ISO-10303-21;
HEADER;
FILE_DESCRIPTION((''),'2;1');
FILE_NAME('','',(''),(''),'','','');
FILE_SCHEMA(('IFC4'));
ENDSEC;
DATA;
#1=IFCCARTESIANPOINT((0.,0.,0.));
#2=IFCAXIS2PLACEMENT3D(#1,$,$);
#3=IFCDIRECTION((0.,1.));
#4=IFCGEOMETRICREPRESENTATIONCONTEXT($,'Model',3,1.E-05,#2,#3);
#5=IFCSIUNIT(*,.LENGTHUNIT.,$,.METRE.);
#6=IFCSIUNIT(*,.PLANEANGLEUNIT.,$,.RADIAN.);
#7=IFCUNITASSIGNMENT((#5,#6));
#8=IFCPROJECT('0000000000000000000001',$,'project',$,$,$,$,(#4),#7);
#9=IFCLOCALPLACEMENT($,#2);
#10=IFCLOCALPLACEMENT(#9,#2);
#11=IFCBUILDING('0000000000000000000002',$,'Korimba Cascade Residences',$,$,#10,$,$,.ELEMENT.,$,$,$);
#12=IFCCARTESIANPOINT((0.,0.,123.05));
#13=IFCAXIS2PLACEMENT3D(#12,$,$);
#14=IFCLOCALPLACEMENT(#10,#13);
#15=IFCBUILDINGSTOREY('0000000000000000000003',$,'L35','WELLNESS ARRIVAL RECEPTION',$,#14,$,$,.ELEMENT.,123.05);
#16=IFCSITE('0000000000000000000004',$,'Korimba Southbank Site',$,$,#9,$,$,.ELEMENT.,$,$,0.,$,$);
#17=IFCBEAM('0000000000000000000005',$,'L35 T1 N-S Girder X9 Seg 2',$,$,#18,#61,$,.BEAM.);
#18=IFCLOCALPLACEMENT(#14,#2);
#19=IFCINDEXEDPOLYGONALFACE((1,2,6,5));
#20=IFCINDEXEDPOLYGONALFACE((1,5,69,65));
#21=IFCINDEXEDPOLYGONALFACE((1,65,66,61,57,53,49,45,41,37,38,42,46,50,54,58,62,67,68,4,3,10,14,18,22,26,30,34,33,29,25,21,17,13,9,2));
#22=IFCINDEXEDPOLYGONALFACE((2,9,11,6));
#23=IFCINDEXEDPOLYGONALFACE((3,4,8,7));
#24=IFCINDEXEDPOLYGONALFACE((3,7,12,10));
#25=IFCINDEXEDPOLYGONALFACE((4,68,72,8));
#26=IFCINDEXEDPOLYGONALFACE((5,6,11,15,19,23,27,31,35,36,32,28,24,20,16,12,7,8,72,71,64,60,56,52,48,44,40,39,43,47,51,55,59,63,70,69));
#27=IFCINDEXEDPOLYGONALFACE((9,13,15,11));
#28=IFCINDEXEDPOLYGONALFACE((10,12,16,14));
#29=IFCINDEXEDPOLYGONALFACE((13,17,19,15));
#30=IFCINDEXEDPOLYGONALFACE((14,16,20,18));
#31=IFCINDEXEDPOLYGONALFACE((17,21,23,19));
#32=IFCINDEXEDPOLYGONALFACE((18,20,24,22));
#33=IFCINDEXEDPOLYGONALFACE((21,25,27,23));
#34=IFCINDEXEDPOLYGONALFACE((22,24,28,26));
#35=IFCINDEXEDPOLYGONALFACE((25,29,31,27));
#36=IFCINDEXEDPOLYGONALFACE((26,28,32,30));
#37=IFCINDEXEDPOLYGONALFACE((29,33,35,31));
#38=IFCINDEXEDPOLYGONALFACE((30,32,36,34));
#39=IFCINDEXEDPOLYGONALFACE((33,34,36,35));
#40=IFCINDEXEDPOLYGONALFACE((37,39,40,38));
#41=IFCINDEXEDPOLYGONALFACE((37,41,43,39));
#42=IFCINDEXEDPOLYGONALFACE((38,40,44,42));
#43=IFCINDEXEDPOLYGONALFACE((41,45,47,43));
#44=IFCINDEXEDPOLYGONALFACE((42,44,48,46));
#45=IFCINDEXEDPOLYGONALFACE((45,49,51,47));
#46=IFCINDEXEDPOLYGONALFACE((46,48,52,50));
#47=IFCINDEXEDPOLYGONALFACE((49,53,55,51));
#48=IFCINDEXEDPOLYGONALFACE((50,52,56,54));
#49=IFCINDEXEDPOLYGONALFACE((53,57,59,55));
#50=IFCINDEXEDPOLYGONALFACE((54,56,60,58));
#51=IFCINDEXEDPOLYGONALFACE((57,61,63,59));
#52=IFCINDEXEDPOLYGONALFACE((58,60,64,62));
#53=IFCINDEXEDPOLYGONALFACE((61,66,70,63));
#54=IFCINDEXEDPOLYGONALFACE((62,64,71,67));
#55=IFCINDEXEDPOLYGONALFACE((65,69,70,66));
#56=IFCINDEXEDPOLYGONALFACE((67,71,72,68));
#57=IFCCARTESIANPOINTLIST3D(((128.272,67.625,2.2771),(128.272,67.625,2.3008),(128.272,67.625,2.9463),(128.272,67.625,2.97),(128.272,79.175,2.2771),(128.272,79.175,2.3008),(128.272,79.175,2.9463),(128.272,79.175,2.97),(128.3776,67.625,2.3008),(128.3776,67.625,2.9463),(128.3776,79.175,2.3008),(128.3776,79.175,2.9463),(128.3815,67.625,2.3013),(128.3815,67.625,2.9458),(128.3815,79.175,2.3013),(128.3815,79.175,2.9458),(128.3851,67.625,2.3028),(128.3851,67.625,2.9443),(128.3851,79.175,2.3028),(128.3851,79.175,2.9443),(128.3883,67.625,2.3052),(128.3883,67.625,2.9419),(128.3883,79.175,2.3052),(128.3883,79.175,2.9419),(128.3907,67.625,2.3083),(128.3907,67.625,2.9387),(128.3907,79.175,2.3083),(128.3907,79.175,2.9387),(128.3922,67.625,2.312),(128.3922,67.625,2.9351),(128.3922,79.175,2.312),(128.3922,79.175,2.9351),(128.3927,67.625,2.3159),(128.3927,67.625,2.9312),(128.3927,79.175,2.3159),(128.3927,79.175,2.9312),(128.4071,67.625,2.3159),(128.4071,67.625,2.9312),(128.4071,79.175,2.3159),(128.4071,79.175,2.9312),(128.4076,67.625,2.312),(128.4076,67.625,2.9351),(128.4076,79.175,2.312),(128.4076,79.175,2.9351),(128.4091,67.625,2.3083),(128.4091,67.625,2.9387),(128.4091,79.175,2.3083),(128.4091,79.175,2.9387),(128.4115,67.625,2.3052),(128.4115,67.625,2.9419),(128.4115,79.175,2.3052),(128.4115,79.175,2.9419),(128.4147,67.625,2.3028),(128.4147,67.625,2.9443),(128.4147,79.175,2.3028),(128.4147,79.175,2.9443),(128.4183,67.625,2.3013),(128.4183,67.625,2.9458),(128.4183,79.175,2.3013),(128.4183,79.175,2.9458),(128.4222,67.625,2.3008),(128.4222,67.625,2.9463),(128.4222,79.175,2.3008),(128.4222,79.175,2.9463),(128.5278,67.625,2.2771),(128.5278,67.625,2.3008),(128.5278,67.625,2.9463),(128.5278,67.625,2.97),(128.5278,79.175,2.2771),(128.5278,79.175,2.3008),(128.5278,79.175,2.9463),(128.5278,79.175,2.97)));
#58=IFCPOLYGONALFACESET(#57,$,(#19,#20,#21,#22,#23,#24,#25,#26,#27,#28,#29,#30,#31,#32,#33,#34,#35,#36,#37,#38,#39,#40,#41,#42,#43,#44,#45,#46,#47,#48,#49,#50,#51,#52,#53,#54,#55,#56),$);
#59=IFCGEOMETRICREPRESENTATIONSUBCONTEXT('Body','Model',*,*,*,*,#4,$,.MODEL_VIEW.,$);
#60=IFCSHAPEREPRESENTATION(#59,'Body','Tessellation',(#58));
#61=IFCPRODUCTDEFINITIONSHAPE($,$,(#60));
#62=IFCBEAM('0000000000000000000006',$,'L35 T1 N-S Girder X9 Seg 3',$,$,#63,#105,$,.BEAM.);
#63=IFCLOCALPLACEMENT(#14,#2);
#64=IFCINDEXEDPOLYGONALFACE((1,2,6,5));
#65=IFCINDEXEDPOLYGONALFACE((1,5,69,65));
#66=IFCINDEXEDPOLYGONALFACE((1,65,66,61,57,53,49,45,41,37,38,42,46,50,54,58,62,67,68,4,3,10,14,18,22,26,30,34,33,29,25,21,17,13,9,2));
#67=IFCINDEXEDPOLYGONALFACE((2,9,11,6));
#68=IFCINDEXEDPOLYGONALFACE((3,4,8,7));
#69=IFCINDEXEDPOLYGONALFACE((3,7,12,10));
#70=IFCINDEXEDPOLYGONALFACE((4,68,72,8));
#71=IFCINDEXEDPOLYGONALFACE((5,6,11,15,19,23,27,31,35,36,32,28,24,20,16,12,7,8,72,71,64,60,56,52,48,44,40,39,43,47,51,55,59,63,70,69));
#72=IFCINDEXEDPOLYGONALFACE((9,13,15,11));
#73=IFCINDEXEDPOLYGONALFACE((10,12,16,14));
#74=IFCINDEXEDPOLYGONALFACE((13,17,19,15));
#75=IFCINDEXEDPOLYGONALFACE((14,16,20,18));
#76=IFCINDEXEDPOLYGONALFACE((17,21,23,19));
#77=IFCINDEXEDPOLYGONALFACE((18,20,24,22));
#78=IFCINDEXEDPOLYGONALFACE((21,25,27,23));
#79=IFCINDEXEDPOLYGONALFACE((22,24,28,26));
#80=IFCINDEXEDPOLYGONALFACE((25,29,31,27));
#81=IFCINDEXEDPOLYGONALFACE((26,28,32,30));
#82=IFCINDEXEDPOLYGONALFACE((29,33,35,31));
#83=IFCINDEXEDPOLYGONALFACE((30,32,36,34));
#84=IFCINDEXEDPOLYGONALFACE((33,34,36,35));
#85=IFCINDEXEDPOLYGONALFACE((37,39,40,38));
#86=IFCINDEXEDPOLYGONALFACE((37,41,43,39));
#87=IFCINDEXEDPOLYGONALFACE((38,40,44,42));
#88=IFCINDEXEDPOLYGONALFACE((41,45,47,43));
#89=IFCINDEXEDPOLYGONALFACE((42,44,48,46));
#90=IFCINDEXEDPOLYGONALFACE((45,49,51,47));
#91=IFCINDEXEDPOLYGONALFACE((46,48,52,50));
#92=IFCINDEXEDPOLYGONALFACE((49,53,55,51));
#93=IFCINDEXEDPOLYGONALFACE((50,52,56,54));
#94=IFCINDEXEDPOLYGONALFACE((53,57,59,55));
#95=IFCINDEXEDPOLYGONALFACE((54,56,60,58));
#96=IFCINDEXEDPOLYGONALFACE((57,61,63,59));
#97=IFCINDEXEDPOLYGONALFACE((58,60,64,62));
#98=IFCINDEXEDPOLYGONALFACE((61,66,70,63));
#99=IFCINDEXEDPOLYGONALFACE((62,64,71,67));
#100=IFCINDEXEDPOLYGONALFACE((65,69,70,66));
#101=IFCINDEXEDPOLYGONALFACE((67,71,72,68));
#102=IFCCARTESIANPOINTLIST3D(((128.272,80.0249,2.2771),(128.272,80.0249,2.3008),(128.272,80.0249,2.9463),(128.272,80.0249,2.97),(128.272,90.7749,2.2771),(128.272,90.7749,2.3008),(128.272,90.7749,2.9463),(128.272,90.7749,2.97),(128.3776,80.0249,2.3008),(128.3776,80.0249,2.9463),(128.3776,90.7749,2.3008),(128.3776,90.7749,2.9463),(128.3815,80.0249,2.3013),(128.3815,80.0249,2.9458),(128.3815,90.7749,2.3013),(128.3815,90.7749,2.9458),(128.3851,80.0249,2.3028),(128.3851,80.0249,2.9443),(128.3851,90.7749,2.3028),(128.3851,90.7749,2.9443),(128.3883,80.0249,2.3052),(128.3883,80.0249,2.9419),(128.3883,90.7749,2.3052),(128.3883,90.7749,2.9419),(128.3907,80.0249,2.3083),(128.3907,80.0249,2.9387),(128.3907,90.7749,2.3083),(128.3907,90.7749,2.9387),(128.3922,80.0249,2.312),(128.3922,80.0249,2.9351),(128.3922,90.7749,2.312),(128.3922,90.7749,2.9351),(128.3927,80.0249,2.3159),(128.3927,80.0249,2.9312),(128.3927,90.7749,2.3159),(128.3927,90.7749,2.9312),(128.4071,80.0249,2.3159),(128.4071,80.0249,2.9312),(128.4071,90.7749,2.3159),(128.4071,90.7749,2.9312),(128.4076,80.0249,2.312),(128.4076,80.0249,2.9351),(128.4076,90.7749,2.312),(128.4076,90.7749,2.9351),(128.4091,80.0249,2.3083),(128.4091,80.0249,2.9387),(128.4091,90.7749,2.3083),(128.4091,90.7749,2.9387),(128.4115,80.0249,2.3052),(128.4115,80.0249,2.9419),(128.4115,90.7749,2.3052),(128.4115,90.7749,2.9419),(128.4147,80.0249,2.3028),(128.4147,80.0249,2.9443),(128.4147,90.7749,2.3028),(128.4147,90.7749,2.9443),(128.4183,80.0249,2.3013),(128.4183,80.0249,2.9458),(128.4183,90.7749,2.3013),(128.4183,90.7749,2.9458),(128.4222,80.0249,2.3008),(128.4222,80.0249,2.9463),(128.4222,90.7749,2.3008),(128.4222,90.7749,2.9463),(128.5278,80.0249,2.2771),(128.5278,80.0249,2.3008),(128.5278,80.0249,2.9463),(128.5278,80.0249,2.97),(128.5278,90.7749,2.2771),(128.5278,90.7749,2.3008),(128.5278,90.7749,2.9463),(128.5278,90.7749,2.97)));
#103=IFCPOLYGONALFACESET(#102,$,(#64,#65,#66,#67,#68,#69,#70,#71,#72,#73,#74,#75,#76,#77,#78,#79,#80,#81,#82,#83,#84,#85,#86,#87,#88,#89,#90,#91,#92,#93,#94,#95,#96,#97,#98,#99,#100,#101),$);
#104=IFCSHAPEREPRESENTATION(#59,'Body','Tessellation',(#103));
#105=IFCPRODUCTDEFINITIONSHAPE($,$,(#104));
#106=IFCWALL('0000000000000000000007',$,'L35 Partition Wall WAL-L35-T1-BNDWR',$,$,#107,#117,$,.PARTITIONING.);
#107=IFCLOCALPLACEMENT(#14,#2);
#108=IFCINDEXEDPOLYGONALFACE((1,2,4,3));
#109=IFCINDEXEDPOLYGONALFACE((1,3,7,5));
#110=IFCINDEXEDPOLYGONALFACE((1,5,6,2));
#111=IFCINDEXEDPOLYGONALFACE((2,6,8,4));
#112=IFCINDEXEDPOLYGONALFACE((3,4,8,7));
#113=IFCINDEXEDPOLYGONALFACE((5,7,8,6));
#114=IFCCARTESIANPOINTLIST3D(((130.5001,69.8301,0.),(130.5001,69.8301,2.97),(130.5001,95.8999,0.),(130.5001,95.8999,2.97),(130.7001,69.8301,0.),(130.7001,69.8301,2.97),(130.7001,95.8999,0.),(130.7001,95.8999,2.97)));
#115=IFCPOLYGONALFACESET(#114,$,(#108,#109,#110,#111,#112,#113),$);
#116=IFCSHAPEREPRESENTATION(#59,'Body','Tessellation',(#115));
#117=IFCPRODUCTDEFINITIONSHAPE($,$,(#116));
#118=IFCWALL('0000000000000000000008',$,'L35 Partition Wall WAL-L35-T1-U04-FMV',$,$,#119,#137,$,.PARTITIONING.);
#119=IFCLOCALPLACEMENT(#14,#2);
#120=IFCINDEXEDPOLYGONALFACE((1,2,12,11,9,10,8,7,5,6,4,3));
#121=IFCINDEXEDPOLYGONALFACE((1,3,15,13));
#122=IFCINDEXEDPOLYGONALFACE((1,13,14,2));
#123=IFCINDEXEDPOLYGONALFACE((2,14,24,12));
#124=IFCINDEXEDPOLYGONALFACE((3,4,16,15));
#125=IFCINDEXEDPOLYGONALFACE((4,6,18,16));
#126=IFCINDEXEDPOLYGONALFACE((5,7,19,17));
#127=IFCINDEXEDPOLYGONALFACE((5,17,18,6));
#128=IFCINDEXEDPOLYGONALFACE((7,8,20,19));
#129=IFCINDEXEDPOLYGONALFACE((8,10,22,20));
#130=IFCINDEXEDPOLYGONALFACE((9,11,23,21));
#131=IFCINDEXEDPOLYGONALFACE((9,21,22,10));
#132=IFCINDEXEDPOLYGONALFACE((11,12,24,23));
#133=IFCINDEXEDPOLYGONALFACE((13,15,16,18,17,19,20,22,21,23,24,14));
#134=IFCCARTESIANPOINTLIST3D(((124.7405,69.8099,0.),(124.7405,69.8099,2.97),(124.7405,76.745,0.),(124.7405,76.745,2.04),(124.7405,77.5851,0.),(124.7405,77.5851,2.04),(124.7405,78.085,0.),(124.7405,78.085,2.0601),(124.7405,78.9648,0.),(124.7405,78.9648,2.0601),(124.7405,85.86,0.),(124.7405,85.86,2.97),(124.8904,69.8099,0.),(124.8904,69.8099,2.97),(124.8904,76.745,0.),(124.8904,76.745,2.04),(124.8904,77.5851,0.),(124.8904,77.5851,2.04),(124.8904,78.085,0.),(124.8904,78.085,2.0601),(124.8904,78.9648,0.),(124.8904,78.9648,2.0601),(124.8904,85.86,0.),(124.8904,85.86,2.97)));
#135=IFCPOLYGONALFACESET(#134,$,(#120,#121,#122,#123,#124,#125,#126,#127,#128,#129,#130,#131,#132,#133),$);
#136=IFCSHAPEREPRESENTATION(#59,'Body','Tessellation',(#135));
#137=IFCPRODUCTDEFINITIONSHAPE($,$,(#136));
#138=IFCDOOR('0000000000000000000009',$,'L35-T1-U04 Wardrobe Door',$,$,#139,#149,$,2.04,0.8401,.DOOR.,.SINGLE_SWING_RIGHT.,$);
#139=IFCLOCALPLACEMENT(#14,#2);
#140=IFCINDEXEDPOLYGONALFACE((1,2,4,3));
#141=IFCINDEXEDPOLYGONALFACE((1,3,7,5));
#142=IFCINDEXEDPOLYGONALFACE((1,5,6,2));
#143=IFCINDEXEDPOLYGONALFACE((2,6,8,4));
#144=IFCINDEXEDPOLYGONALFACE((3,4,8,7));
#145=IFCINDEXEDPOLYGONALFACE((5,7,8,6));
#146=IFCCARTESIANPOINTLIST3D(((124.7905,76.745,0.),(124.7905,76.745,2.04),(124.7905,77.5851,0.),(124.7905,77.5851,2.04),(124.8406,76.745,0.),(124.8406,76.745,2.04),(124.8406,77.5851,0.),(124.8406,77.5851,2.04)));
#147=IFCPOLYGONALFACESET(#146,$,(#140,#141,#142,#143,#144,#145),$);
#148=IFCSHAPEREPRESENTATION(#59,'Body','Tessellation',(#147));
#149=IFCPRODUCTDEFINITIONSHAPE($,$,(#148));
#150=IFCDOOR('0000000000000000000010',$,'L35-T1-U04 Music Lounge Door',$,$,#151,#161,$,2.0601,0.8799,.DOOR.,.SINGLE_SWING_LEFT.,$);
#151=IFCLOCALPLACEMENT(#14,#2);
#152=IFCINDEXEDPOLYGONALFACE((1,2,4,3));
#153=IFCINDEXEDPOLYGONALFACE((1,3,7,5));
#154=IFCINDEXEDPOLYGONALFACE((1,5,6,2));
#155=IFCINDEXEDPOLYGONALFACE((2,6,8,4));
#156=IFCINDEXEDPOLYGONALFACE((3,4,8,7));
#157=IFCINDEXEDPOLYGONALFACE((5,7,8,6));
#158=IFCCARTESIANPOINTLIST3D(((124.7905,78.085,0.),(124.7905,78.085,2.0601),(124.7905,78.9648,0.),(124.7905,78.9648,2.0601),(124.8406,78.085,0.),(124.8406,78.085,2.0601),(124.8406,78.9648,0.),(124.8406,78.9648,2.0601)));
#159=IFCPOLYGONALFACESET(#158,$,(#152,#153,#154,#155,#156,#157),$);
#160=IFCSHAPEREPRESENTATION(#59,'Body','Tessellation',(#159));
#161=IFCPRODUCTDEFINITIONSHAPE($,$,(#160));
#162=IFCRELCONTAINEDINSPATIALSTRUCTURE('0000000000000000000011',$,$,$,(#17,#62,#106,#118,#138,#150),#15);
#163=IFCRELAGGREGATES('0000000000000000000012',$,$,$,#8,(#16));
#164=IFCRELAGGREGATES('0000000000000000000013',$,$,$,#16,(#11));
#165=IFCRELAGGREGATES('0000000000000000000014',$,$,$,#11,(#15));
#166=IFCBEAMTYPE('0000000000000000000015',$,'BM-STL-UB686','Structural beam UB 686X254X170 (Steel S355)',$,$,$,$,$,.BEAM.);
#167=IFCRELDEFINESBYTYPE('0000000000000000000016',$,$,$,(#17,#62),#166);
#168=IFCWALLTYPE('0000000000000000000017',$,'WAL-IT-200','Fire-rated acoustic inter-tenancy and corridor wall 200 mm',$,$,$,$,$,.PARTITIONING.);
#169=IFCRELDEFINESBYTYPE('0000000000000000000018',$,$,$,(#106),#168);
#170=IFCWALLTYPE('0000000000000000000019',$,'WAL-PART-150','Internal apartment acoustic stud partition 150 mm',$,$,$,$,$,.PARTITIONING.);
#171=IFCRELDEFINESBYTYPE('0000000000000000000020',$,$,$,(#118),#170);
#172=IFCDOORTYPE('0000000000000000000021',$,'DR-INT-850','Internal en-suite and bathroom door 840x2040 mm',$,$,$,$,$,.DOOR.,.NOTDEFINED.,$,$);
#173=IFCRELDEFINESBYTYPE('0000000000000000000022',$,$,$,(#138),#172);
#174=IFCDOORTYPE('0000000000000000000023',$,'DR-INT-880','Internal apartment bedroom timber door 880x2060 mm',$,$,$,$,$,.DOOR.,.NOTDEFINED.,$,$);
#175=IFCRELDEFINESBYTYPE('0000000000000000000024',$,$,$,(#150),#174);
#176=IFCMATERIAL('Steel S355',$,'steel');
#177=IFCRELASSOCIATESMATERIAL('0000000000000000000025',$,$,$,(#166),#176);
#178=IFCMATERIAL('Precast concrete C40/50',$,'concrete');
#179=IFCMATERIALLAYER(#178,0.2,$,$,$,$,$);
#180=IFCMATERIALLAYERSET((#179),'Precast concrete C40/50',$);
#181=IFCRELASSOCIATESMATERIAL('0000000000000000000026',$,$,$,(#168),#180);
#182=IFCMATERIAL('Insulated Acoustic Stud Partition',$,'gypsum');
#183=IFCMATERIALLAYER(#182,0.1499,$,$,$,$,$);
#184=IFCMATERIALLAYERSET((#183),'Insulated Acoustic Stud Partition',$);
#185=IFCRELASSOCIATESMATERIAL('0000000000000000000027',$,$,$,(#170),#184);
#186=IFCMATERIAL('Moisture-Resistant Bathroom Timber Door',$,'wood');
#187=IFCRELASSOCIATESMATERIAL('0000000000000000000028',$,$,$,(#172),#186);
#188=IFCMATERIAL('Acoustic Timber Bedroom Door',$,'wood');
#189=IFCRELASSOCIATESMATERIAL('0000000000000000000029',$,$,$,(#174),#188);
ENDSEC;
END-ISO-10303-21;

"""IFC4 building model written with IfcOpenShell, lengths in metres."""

from ifc_helpers import new_model, si_unit, direction, frame, frame_2d, origin, origin_2d, place, context, subcontext, project, spatial, rectangle, i_section, extrude, material, layer, layer_set, material_profile, profile_set, type_object, element, fill, save


model = new_model("IFC4")

# Units and contexts
model_context = context("Model", 3, precision=1e-05, world=origin(), true_north=direction((0.0, 1.0)))
body_context = subcontext(model_context, "Body", "Model", "MODEL_VIEW")
ifc_project = project(units=[si_unit("LENGTHUNIT", "METRE"), si_unit("PLANEANGLEUNIT", "RADIAN")], contexts=[model_context])

# Site, building, storey
site_placement = place(None, origin())
site = spatial("IfcSite", under=ifc_project, at=site_placement, Name="Korimba Southbank Site", CompositionType="ELEMENT", RefElevation=0.0)
building_placement = place(site_placement, origin())
building = spatial("IfcBuilding", under=site, at=building_placement, Name="Korimba Cascade Residences", CompositionType="ELEMENT")
storey_placement = place(building_placement, frame((0.0, 0.0, 123.05)))
storey = spatial("IfcBuildingStorey", under=building, at=storey_placement, Name="L35", Description="WELLNESS ARRIVAL RECEPTION", CompositionType="ELEMENT", Elevation=123.05)

# Beams
ifc_material_1 = material(Name="Steel S355", Category="steel")
ifc_material_profile_1 = material_profile(ifc_material_1, i_section(OverallWidth=0.2559, OverallDepth=0.6929, WebThickness=0.0144, FlangeThickness=0.0237, FilletRadius=0.0151, at=origin_2d()), Name="Steel S355")
ifc_profile_set_1 = profile_set([ifc_material_profile_1], Name="Steel S355")
beam_type_1 = type_object("IfcBeamType", Name="BM-STL-UB686", Description="Structural beam UB 686X254X170 (Steel S355)", PredefinedType="BEAM", material=ifc_profile_set_1)
beam_1_placement = place(storey_placement, frame((128.3999, 67.625, 2.6235), z_axis=(0.0, 1.0, 0.0), x_axis=(-1.0, 0.0, 0.0)))
element("IfcBeam", 1, at=beam_1_placement, inside=storey, type_object=beam_type_1, Name="L35 T1 N-S Girder X9 Seg 2", PredefinedType="BEAM", context=body_context, shape_type="SweptSolid", body=[
    extrude(i_section(OverallWidth=0.2559, OverallDepth=0.6929, WebThickness=0.0144, FlangeThickness=0.0237, FilletRadius=0.0151, at=origin_2d()), origin(), (0.0, 0.0, 1.0), 11.55),
])
beam_2_placement = place(storey_placement, frame((128.3999, 80.0249, 2.6235), z_axis=(0.0, 1.0, 0.0), x_axis=(-1.0, 0.0, 0.0)))
element("IfcBeam", 2, at=beam_2_placement, inside=storey, type_object=beam_type_1, Name="L35 T1 N-S Girder X9 Seg 3", PredefinedType="BEAM", context=body_context, shape_type="SweptSolid", body=[
    extrude(i_section(OverallWidth=0.2559, OverallDepth=0.6929, WebThickness=0.0144, FlangeThickness=0.0237, FilletRadius=0.0151, at=origin_2d()), origin(), (0.0, 0.0, 1.0), 10.75),
])

# Wall
ifc_material_2 = material(Name="Precast concrete C40/50", Category="concrete")
ifc_layer_1 = layer(ifc_material_2, 0.2)
ifc_layer_set_1 = layer_set([ifc_layer_1], Name="Precast concrete C40/50")
wall_type_1 = type_object("IfcWallType", Name="WAL-IT-200", Description="Fire-rated acoustic inter-tenancy and corridor wall 200 mm", PredefinedType="PARTITIONING", material=ifc_layer_set_1)
wall_1_placement = place(storey_placement, frame((130.6001, 69.8301, 0.0), z_axis=(0.0, 0.0, 1.0), x_axis=(0.0, 1.0, 0.0)))
element("IfcWall", 3, at=wall_1_placement, inside=storey, type_object=wall_type_1, Name="L35 Partition Wall WAL-L35-T1-BNDWR", PredefinedType="PARTITIONING", context=body_context, shape_type="SweptSolid", body=[
    extrude(rectangle(XDim=26.0698, YDim=0.2, at=frame_2d((13.0349, 0.0))), origin(), (0.0, 0.0, 1.0), 2.97),
])

# Wall, openings, doors
ifc_material_3 = material(Name="Insulated Acoustic Stud Partition", Category="gypsum")
ifc_layer_2 = layer(ifc_material_3, 0.1499)
ifc_layer_set_2 = layer_set([ifc_layer_2], Name="Insulated Acoustic Stud Partition")
wall_type_2 = type_object("IfcWallType", Name="WAL-PART-150", Description="Internal apartment acoustic stud partition 150 mm", PredefinedType="PARTITIONING", material=ifc_layer_set_2)
wall_2_placement = place(storey_placement, frame((124.8154, 69.8101, 0.0), z_axis=(0.0, 0.0, 1.0), x_axis=(0.0, 1.0, 0.0)))
wall_2 = element("IfcWall", 4, at=wall_2_placement, inside=storey, type_object=wall_type_2, Name="L35 Partition Wall WAL-L35-T1-U04-FMV", PredefinedType="PARTITIONING", context=body_context, shape_type="SweptSolid", body=[
    extrude(rectangle(XDim=16.05, YDim=0.1499, at=frame_2d((8.0249, 0.0))), origin(), (0.0, 0.0, 1.0), 2.97),
])
opening_1_placement = place(wall_2_placement, frame((6.9351, 0.0, 0.0)))
opening_1 = element("IfcOpeningElement", 5, at=opening_1_placement, cuts=wall_2, PredefinedType="OPENING", context=body_context, shape_type="SweptSolid", body=[
    extrude(rectangle(XDim=0.8401, YDim=2.04, at=frame_2d((0.4199, 1.02))), frame((0.0, 0.085, 0.0), z_axis=(0.0, -1.0, 0.0), x_axis=(1.0, 0.0, 0.0)), (0.0, 0.0, 1.0), 0.1699),
])
opening_2_placement = place(wall_2_placement, frame((8.2749, 0.0, 0.0)))
opening_2 = element("IfcOpeningElement", 6, at=opening_2_placement, cuts=wall_2, PredefinedType="OPENING", context=body_context, shape_type="SweptSolid", body=[
    extrude(rectangle(XDim=0.8799, YDim=2.0601, at=frame_2d((0.4399, 1.03))), frame((0.0, 0.085, 0.0), z_axis=(0.0, -1.0, 0.0), x_axis=(1.0, 0.0, 0.0)), (0.0, 0.0, 1.0), 0.1699),
])
ifc_material_4 = material(Name="Moisture-Resistant Bathroom Timber Door", Category="wood")
door_type_1 = type_object("IfcDoorType", Name="DR-INT-850", Description="Internal en-suite and bathroom door 840x2040 mm", OperationType="NOTDEFINED", PredefinedType="DOOR", material=ifc_material_4)
door_1_placement = place(opening_1_placement, origin())
door_1 = element("IfcDoor", 7, at=door_1_placement, inside=storey, type_object=door_type_1, Name="L35-T1-U04 Wardrobe Door", OperationType="SINGLE_SWING_RIGHT", OverallHeight=2.04, OverallWidth=0.8401, PredefinedType="DOOR", context=body_context, shape_type="SweptSolid", body=[
    extrude(rectangle(XDim=0.8401, YDim=2.04, at=frame_2d((0.4199, 1.02))), frame((0.0, 0.0249, 0.0), z_axis=(0.0, -1.0, 0.0), x_axis=(1.0, 0.0, 0.0)), (0.0, 0.0, 1.0), 0.05),
])
fill(opening_1, door_1)
ifc_material_5 = material(Name="Acoustic Timber Bedroom Door", Category="wood")
door_type_2 = type_object("IfcDoorType", Name="DR-INT-880", Description="Internal apartment bedroom timber door 880x2060 mm", OperationType="NOTDEFINED", PredefinedType="DOOR", material=ifc_material_5)
door_2_placement = place(opening_2_placement, origin())
door_2 = element("IfcDoor", 8, at=door_2_placement, inside=storey, type_object=door_type_2, Name="L35-T1-U04 Music Lounge Door", OperationType="SINGLE_SWING_LEFT", OverallHeight=2.0601, OverallWidth=0.8799, PredefinedType="DOOR", context=body_context, shape_type="SweptSolid", body=[
    extrude(rectangle(XDim=0.8799, YDim=2.0601, at=frame_2d((0.4399, 1.03))), frame((0.0, 0.0249, 0.0), z_axis=(0.0, -1.0, 0.0), x_axis=(1.0, 0.0, 0.0)), (0.0, 0.0, 1.0), 0.05),
])
fill(opening_2, door_2)

save(model, "model.ifc")
